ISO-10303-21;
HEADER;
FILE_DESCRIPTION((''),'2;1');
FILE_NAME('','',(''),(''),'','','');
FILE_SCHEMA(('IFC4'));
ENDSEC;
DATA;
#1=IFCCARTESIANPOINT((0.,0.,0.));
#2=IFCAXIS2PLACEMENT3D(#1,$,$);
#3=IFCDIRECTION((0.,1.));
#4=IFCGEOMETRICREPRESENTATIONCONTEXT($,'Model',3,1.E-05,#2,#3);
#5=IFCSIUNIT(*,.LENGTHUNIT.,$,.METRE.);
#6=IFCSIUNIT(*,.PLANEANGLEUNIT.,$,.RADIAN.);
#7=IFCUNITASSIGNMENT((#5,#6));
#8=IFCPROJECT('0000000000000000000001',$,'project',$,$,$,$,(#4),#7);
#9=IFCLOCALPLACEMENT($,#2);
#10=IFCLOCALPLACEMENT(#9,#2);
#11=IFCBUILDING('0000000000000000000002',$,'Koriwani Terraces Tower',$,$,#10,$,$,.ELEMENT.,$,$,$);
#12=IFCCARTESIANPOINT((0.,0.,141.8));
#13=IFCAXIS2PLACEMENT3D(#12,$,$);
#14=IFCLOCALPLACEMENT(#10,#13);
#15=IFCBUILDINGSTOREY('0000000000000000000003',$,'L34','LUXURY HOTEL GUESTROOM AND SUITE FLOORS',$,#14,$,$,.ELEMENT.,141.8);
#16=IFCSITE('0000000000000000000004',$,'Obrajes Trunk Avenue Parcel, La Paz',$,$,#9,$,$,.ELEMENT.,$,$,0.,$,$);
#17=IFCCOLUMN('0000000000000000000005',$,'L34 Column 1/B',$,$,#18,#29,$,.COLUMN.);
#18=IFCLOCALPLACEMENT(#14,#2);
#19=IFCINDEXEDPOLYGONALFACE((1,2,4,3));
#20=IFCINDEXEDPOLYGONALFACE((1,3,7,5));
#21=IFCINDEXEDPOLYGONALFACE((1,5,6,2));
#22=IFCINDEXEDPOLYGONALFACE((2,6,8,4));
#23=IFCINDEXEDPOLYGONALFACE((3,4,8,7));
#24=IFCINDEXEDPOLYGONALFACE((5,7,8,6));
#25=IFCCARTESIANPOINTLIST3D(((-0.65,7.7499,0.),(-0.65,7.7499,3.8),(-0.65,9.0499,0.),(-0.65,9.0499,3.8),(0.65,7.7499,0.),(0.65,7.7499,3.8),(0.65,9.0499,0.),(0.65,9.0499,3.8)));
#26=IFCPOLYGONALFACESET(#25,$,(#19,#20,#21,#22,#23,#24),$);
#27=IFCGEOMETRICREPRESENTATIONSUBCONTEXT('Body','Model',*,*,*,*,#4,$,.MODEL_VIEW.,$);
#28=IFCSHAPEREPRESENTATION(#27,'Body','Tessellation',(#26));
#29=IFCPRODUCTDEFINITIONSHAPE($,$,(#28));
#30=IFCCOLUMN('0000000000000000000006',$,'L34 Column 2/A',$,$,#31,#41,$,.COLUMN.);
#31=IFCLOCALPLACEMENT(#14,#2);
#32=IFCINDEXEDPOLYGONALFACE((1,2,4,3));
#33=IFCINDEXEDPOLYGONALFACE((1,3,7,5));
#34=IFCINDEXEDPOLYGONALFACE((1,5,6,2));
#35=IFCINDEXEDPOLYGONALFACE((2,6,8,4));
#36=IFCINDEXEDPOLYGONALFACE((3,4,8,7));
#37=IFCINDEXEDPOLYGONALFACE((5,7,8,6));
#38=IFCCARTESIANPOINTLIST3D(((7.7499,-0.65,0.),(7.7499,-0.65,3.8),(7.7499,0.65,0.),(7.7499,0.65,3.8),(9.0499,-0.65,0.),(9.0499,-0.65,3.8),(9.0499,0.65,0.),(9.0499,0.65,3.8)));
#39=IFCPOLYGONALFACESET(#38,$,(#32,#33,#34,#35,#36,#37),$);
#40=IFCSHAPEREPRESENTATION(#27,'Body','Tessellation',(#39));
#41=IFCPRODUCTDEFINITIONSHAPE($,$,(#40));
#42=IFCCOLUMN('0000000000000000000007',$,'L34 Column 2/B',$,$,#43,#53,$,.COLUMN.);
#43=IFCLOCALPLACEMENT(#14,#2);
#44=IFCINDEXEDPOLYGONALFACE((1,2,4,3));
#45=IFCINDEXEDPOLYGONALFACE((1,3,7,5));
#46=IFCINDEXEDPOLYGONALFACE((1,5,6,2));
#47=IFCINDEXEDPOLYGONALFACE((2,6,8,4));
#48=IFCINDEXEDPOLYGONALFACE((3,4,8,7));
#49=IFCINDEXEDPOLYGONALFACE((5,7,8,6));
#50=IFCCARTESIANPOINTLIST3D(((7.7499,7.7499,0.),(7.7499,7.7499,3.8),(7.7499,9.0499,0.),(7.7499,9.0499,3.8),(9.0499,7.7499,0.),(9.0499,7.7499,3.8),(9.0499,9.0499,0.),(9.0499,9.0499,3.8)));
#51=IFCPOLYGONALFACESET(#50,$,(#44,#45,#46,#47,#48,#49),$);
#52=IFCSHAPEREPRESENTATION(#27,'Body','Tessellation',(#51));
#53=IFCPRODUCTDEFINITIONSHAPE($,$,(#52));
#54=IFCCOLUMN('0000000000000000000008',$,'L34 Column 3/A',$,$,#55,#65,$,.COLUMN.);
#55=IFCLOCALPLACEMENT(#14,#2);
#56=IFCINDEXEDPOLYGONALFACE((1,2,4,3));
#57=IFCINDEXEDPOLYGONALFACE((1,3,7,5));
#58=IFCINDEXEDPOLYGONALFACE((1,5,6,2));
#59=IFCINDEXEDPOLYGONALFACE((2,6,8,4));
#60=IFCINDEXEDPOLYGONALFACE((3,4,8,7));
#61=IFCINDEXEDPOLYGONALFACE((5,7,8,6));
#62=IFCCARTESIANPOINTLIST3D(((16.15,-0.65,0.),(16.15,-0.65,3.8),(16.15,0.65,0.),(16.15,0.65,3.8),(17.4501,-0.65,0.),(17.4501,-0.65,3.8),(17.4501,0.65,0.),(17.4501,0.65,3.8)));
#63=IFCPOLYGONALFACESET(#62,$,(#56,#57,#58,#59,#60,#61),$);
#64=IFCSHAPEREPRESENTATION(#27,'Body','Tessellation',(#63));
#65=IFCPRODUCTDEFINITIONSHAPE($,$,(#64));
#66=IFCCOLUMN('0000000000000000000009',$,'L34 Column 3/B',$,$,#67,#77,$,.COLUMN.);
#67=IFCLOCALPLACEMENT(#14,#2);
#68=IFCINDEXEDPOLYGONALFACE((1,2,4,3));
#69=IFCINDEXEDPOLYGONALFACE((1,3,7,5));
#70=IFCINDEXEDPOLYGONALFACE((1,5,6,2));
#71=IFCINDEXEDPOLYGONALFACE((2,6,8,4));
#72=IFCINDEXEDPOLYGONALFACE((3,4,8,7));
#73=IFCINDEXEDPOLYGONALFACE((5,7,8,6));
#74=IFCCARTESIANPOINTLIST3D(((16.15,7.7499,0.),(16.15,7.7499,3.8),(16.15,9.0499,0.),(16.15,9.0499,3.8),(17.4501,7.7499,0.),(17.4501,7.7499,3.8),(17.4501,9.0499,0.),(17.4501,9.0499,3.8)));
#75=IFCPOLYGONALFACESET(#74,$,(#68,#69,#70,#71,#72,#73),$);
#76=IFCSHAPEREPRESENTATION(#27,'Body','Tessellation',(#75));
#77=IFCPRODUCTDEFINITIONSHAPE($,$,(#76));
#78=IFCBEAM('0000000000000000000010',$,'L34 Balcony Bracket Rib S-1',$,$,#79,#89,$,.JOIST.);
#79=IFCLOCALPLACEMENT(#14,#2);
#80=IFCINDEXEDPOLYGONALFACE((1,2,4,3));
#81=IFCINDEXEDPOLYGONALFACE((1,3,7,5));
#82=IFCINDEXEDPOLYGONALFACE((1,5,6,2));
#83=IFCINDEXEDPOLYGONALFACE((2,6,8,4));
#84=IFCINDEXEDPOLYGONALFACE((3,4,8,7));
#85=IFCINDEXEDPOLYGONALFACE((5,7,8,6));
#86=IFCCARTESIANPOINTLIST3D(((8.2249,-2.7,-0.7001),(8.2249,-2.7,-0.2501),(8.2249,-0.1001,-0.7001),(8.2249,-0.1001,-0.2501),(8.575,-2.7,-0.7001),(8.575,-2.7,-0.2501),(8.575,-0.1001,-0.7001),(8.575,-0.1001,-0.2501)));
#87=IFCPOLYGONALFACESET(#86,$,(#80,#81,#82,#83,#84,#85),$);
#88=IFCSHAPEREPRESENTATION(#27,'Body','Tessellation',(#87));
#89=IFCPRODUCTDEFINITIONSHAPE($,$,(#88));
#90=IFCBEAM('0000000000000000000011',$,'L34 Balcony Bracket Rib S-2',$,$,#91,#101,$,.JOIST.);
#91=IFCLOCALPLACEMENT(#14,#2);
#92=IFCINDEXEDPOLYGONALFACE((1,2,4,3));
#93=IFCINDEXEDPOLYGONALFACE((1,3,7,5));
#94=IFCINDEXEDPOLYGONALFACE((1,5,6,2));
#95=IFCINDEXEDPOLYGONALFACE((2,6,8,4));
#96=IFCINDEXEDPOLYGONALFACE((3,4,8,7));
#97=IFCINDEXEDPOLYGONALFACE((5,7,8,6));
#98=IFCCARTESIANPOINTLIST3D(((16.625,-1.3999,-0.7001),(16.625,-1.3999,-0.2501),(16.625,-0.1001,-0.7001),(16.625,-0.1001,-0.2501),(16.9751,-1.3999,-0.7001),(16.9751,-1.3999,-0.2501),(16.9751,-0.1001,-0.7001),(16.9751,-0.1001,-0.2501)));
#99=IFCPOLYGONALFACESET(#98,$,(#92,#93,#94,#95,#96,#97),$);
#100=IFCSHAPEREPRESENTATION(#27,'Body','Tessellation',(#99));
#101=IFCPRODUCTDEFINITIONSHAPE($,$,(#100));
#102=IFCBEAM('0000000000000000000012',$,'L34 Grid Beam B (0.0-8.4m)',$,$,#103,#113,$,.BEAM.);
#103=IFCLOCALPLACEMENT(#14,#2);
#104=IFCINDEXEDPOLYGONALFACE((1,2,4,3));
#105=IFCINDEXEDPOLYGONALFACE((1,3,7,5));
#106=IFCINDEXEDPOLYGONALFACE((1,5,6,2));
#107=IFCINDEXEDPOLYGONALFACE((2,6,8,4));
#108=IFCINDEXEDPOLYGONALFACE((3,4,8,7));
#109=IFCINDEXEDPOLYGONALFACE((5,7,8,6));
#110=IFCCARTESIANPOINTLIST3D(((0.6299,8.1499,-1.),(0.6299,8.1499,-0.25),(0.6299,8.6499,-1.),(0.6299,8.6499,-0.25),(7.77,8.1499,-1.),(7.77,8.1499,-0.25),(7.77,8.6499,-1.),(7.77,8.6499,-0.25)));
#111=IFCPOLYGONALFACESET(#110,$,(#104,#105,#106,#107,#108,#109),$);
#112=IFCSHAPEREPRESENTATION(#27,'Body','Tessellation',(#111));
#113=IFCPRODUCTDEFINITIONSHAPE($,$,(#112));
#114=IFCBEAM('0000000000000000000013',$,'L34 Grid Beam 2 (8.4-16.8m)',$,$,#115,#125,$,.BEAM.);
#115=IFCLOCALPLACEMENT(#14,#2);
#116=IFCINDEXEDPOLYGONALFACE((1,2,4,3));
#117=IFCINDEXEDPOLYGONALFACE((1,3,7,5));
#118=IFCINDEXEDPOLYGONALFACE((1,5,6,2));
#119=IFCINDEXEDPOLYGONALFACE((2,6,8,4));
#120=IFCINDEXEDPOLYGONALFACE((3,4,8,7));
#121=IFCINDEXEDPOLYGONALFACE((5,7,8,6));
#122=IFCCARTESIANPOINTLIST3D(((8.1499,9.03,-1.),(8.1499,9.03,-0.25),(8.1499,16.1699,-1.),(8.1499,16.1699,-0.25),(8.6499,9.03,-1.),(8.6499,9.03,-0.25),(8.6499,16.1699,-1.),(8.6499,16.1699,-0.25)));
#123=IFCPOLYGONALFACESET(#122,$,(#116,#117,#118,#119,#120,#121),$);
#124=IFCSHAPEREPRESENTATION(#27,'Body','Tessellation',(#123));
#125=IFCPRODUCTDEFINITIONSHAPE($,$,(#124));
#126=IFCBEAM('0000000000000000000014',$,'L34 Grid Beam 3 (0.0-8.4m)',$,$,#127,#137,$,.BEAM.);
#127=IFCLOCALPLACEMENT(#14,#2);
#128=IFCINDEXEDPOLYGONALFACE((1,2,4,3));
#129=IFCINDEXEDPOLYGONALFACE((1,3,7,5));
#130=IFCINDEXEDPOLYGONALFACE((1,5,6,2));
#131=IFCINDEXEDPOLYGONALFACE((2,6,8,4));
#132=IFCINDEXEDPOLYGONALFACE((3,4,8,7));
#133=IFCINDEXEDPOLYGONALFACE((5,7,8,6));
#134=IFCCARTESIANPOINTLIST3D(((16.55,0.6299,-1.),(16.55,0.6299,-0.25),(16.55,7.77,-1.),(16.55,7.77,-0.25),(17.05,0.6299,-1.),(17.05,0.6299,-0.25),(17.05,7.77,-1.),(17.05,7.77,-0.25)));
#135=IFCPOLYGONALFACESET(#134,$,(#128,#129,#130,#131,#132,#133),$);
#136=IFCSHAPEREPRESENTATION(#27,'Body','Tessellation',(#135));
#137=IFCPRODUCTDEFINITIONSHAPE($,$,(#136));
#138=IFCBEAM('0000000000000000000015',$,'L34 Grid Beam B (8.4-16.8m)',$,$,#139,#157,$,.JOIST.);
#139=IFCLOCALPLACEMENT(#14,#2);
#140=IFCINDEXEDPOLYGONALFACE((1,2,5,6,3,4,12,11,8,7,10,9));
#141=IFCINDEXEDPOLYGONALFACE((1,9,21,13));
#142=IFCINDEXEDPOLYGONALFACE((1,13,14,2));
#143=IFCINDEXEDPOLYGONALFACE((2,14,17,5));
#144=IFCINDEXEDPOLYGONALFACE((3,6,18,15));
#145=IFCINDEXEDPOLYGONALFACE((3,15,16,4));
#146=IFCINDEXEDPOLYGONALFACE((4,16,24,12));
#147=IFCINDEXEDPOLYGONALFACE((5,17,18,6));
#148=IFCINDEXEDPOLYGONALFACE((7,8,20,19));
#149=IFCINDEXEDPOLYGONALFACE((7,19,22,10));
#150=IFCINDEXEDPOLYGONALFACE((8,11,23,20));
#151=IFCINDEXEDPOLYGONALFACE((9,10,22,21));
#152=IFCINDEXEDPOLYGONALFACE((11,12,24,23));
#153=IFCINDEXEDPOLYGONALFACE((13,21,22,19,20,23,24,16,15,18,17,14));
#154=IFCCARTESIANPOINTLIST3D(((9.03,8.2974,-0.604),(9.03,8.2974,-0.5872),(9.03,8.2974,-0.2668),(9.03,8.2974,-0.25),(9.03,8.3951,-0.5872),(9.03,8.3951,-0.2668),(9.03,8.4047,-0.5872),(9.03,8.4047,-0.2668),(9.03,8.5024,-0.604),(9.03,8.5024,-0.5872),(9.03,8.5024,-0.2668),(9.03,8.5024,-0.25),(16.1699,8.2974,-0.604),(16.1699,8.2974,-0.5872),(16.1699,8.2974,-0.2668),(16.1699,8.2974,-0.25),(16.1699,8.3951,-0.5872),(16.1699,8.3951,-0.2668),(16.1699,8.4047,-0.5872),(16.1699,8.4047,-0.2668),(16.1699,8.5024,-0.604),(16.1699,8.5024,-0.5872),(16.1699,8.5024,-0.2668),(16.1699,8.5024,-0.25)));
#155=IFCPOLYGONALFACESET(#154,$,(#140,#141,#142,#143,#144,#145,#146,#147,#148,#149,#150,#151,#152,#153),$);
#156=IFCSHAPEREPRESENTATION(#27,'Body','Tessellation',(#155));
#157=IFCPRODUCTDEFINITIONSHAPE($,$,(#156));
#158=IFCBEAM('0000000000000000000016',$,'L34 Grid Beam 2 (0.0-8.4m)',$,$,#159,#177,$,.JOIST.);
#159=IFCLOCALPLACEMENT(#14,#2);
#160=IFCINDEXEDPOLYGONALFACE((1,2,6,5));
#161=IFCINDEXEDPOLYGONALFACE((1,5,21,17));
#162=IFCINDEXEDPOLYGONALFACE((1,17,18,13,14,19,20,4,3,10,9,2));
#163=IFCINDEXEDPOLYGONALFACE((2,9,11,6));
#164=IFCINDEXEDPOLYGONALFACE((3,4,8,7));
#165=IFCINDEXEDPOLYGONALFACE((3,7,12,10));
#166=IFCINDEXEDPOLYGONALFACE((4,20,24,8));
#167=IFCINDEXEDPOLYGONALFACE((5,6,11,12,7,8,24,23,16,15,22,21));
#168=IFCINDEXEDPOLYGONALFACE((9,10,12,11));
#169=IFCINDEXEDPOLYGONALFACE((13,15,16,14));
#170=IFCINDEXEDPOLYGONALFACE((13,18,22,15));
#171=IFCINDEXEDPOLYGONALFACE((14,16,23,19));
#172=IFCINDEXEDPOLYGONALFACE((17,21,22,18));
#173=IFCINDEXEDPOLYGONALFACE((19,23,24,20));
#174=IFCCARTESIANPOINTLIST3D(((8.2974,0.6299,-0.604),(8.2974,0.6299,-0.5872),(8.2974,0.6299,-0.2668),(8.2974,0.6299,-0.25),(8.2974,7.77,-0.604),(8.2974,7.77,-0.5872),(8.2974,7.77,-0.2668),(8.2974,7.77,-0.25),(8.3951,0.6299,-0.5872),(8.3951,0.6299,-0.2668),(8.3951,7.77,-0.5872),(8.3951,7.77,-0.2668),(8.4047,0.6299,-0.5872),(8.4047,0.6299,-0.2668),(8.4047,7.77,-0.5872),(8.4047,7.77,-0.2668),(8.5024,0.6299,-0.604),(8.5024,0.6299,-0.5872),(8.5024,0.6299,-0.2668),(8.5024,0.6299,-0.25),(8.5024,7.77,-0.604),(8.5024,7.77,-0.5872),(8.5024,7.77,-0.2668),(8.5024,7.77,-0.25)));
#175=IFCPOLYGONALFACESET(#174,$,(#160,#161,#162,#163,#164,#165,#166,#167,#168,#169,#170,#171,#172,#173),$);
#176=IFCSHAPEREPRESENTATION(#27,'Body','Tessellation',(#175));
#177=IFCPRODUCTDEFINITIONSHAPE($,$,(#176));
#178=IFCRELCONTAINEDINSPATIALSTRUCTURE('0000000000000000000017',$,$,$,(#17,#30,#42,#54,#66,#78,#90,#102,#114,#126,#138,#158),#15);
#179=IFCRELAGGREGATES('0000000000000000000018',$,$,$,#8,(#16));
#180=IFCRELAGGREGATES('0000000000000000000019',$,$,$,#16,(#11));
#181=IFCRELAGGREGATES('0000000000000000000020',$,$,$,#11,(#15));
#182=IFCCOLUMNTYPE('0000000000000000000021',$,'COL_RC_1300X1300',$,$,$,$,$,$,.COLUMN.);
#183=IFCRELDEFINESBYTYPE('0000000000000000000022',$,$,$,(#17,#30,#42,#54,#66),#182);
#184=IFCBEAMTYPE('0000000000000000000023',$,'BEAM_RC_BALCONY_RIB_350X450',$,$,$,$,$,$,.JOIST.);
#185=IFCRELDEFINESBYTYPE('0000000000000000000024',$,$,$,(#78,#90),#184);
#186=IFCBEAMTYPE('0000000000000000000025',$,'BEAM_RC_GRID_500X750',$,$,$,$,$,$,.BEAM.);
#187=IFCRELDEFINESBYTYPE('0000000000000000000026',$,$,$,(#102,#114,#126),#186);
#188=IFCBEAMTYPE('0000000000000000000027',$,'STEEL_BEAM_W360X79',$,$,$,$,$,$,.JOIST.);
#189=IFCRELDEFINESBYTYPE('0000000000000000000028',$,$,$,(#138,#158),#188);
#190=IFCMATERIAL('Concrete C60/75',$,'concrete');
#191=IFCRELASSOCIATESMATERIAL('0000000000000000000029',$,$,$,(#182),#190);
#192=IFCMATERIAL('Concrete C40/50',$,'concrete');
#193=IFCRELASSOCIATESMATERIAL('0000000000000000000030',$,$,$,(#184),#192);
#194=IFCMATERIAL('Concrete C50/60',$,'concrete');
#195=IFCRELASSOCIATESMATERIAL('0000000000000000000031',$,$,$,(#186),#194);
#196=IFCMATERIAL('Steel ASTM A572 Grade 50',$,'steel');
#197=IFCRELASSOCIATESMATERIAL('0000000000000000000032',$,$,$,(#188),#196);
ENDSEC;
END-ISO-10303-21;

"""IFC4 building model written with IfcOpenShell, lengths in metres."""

from ifc_helpers import new_model, si_unit, direction, frame, origin, origin_2d, place, context, subcontext, project, spatial, rectangle, i_section, extrude, material, material_profile, profile_set, type_object, element, save


model = new_model("IFC4")

# Units and contexts
model_context = context("Model", 3, precision=1e-05, world=origin(), true_north=direction((0.0, 1.0)))
body_context = subcontext(model_context, "Body", "Model", "MODEL_VIEW")
ifc_project = project(units=[si_unit("LENGTHUNIT", "METRE"), si_unit("PLANEANGLEUNIT", "RADIAN")], contexts=[model_context])

# Site, building, storey
site_placement = place(None, origin())
site = spatial("IfcSite", under=ifc_project, at=site_placement, Name="Obrajes Trunk Avenue Parcel, La Paz", CompositionType="ELEMENT", RefElevation=0.0)
building_placement = place(site_placement, origin())
building = spatial("IfcBuilding", under=site, at=building_placement, Name="Koriwani Terraces Tower", CompositionType="ELEMENT")
storey_placement = place(building_placement, frame((0.0, 0.0, 141.8)))
storey = spatial("IfcBuildingStorey", under=building, at=storey_placement, Name="L34", Description="LUXURY HOTEL GUESTROOM AND SUITE FLOORS", CompositionType="ELEMENT", Elevation=141.8)

# Columns
ifc_material_1 = material(Name="Concrete C60/75", Category="concrete")
ifc_material_profile_1 = material_profile(ifc_material_1, rectangle(XDim=1.3, YDim=1.3, at=origin_2d()), Name="Concrete C60/75", Category="LoadBearing")
ifc_profile_set_1 = profile_set([ifc_material_profile_1], Name="Concrete C60/75")
column_type = type_object("IfcColumnType", Name="COL_RC_1300X1300", PredefinedType="COLUMN", material=ifc_profile_set_1)
for number, where, z_axis, x_axis, name in (
    (1, (0.0, 8.3999, 0.0), (0.0, 0.0, 1.0), (1.0, 0.0, 0.0), "L34 Column 1/B"),
    (2, (8.3999, 0.0, 0.0), (0.0, 0.0, 1.0), (1.0, 0.0, 0.0), "L34 Column 2/A"),
    (3, (8.3999, 8.3999, 0.0), (0.0, 0.0, 1.0), (1.0, 0.0, 0.0), "L34 Column 2/B"),
    (4, (16.8, 0.0, 0.0), (0.0, 0.0, 1.0), (1.0, 0.0, 0.0), "L34 Column 3/A"),
    (5, (16.8, 8.3999, 0.0), (0.0, 0.0, 1.0), (1.0, 0.0, 0.0), "L34 Column 3/B"),
):
    element("IfcColumn", number, at=place(storey_placement, frame(where, z_axis=z_axis, x_axis=x_axis)), inside=storey, type_object=column_type, Name=name, PredefinedType="COLUMN", context=body_context, shape_type="SweptSolid", body=[
        extrude(rectangle(XDim=1.3, YDim=1.3, at=origin_2d()), origin(), (0.0, 0.0, 1.0), 3.8),
    ])

# Beams
ifc_material_2 = material(Name="Concrete C40/50", Category="concrete")
ifc_material_profile_2 = material_profile(ifc_material_2, rectangle(XDim=0.3501, YDim=0.45, at=origin_2d()), Name="Concrete C40/50", Category="LoadBearing")
ifc_profile_set_2 = profile_set([ifc_material_profile_2], Name="Concrete C40/50")
beam_type_1 = type_object("IfcBeamType", Name="BEAM_RC_BALCONY_RIB_350X450", PredefinedType="JOIST", material=ifc_profile_set_2)
beam_1_placement = place(storey_placement, frame((8.3999, -2.7, -0.4751), z_axis=(0.0, 1.0, 0.0), x_axis=(-1.0, 0.0, 0.0)))
element("IfcBeam", 6, at=beam_1_placement, inside=storey, type_object=beam_type_1, Name="L34 Balcony Bracket Rib S-1", PredefinedType="JOIST", context=body_context, shape_type="SweptSolid", body=[
    extrude(rectangle(XDim=0.3501, YDim=0.45, at=origin_2d()), origin(), (0.0, 0.0, 1.0), 2.5999),
])
beam_2_placement = place(storey_placement, frame((16.8, -1.3999, -0.4751), z_axis=(0.0, 1.0, 0.0), x_axis=(-1.0, 0.0, 0.0)))
element("IfcBeam", 7, at=beam_2_placement, inside=storey, type_object=beam_type_1, Name="L34 Balcony Bracket Rib S-2", PredefinedType="JOIST", context=body_context, shape_type="SweptSolid", body=[
    extrude(rectangle(XDim=0.3501, YDim=0.45, at=origin_2d()), origin(), (0.0, 0.0, 1.0), 1.2998),
])
ifc_material_3 = material(Name="Concrete C50/60", Category="concrete")
ifc_material_profile_3 = material_profile(ifc_material_3, rectangle(XDim=0.5, YDim=0.75, at=origin_2d()), Name="Concrete C50/60", Category="LoadBearing")
ifc_profile_set_3 = profile_set([ifc_material_profile_3], Name="Concrete C50/60")
beam_type_2 = type_object("IfcBeamType", Name="BEAM_RC_GRID_500X750", PredefinedType="BEAM", material=ifc_profile_set_3)
beam_3_placement = place(storey_placement, frame((0.6299, 8.3999, -0.625), z_axis=(1.0, 0.0, 0.0), x_axis=(0.0, 1.0, 0.0)))
element("IfcBeam", 8, at=beam_3_placement, inside=storey, type_object=beam_type_2, Name="L34 Grid Beam B (0.0-8.4m)", PredefinedType="BEAM", context=body_context, shape_type="SweptSolid", body=[
    extrude(rectangle(XDim=0.5, YDim=0.75, at=origin_2d()), origin(), (0.0, 0.0, 1.0), 7.1401),
])
beam_4_placement = place(storey_placement, frame((8.3999, 9.03, -0.625), z_axis=(0.0, 1.0, 0.0), x_axis=(-1.0, 0.0, 0.0)))
element("IfcBeam", 9, at=beam_4_placement, inside=storey, type_object=beam_type_2, Name="L34 Grid Beam 2 (8.4-16.8m)", PredefinedType="BEAM", context=body_context, shape_type="SweptSolid", body=[
    extrude(rectangle(XDim=0.5, YDim=0.75, at=origin_2d()), origin(), (0.0, 0.0, 1.0), 7.1399),
])
beam_5_placement = place(storey_placement, frame((16.8, 0.6299, -0.625), z_axis=(0.0, 1.0, 0.0), x_axis=(-1.0, 0.0, 0.0)))
element("IfcBeam", 10, at=beam_5_placement, inside=storey, type_object=beam_type_2, Name="L34 Grid Beam 3 (0.0-8.4m)", PredefinedType="BEAM", context=body_context, shape_type="SweptSolid", body=[
    extrude(rectangle(XDim=0.5, YDim=0.75, at=origin_2d()), origin(), (0.0, 0.0, 1.0), 7.1401),
])
ifc_material_4 = material(Name="Steel ASTM A572 Grade 50", Category="steel")
ifc_material_profile_4 = material_profile(ifc_material_4, i_section(OverallWidth=0.2051, OverallDepth=0.354, WebThickness=0.0095, FlangeThickness=0.0168, at=origin_2d()), Name="Steel ASTM A572 Grade 50", Category="LoadBearing")
ifc_profile_set_4 = profile_set([ifc_material_profile_4], Name="Steel ASTM A572 Grade 50")
beam_type_3 = type_object("IfcBeamType", Name="STEEL_BEAM_W360X79", PredefinedType="JOIST", material=ifc_profile_set_4)
beam_6_placement = place(storey_placement, frame((9.03, 8.3999, -0.427), z_axis=(1.0, 0.0, 0.0), x_axis=(0.0, 1.0, 0.0)))
element("IfcBeam", 11, at=beam_6_placement, inside=storey, type_object=beam_type_3, Name="L34 Grid Beam B (8.4-16.8m)", PredefinedType="JOIST", context=body_context, shape_type="SweptSolid", body=[
    extrude(i_section(OverallWidth=0.2051, OverallDepth=0.354, WebThickness=0.0095, FlangeThickness=0.0168, at=origin_2d()), origin(), (0.0, 0.0, 1.0), 7.1399),
])
beam_7_placement = place(storey_placement, frame((8.3999, 0.6299, -0.427), z_axis=(0.0, 1.0, 0.0), x_axis=(-1.0, 0.0, 0.0)))
element("IfcBeam", 12, at=beam_7_placement, inside=storey, type_object=beam_type_3, Name="L34 Grid Beam 2 (0.0-8.4m)", PredefinedType="JOIST", context=body_context, shape_type="SweptSolid", body=[
    extrude(i_section(OverallWidth=0.2051, OverallDepth=0.354, WebThickness=0.0095, FlangeThickness=0.0168, at=origin_2d()), origin(), (0.0, 0.0, 1.0), 7.1401),
])

save(model, "model.ifc")
